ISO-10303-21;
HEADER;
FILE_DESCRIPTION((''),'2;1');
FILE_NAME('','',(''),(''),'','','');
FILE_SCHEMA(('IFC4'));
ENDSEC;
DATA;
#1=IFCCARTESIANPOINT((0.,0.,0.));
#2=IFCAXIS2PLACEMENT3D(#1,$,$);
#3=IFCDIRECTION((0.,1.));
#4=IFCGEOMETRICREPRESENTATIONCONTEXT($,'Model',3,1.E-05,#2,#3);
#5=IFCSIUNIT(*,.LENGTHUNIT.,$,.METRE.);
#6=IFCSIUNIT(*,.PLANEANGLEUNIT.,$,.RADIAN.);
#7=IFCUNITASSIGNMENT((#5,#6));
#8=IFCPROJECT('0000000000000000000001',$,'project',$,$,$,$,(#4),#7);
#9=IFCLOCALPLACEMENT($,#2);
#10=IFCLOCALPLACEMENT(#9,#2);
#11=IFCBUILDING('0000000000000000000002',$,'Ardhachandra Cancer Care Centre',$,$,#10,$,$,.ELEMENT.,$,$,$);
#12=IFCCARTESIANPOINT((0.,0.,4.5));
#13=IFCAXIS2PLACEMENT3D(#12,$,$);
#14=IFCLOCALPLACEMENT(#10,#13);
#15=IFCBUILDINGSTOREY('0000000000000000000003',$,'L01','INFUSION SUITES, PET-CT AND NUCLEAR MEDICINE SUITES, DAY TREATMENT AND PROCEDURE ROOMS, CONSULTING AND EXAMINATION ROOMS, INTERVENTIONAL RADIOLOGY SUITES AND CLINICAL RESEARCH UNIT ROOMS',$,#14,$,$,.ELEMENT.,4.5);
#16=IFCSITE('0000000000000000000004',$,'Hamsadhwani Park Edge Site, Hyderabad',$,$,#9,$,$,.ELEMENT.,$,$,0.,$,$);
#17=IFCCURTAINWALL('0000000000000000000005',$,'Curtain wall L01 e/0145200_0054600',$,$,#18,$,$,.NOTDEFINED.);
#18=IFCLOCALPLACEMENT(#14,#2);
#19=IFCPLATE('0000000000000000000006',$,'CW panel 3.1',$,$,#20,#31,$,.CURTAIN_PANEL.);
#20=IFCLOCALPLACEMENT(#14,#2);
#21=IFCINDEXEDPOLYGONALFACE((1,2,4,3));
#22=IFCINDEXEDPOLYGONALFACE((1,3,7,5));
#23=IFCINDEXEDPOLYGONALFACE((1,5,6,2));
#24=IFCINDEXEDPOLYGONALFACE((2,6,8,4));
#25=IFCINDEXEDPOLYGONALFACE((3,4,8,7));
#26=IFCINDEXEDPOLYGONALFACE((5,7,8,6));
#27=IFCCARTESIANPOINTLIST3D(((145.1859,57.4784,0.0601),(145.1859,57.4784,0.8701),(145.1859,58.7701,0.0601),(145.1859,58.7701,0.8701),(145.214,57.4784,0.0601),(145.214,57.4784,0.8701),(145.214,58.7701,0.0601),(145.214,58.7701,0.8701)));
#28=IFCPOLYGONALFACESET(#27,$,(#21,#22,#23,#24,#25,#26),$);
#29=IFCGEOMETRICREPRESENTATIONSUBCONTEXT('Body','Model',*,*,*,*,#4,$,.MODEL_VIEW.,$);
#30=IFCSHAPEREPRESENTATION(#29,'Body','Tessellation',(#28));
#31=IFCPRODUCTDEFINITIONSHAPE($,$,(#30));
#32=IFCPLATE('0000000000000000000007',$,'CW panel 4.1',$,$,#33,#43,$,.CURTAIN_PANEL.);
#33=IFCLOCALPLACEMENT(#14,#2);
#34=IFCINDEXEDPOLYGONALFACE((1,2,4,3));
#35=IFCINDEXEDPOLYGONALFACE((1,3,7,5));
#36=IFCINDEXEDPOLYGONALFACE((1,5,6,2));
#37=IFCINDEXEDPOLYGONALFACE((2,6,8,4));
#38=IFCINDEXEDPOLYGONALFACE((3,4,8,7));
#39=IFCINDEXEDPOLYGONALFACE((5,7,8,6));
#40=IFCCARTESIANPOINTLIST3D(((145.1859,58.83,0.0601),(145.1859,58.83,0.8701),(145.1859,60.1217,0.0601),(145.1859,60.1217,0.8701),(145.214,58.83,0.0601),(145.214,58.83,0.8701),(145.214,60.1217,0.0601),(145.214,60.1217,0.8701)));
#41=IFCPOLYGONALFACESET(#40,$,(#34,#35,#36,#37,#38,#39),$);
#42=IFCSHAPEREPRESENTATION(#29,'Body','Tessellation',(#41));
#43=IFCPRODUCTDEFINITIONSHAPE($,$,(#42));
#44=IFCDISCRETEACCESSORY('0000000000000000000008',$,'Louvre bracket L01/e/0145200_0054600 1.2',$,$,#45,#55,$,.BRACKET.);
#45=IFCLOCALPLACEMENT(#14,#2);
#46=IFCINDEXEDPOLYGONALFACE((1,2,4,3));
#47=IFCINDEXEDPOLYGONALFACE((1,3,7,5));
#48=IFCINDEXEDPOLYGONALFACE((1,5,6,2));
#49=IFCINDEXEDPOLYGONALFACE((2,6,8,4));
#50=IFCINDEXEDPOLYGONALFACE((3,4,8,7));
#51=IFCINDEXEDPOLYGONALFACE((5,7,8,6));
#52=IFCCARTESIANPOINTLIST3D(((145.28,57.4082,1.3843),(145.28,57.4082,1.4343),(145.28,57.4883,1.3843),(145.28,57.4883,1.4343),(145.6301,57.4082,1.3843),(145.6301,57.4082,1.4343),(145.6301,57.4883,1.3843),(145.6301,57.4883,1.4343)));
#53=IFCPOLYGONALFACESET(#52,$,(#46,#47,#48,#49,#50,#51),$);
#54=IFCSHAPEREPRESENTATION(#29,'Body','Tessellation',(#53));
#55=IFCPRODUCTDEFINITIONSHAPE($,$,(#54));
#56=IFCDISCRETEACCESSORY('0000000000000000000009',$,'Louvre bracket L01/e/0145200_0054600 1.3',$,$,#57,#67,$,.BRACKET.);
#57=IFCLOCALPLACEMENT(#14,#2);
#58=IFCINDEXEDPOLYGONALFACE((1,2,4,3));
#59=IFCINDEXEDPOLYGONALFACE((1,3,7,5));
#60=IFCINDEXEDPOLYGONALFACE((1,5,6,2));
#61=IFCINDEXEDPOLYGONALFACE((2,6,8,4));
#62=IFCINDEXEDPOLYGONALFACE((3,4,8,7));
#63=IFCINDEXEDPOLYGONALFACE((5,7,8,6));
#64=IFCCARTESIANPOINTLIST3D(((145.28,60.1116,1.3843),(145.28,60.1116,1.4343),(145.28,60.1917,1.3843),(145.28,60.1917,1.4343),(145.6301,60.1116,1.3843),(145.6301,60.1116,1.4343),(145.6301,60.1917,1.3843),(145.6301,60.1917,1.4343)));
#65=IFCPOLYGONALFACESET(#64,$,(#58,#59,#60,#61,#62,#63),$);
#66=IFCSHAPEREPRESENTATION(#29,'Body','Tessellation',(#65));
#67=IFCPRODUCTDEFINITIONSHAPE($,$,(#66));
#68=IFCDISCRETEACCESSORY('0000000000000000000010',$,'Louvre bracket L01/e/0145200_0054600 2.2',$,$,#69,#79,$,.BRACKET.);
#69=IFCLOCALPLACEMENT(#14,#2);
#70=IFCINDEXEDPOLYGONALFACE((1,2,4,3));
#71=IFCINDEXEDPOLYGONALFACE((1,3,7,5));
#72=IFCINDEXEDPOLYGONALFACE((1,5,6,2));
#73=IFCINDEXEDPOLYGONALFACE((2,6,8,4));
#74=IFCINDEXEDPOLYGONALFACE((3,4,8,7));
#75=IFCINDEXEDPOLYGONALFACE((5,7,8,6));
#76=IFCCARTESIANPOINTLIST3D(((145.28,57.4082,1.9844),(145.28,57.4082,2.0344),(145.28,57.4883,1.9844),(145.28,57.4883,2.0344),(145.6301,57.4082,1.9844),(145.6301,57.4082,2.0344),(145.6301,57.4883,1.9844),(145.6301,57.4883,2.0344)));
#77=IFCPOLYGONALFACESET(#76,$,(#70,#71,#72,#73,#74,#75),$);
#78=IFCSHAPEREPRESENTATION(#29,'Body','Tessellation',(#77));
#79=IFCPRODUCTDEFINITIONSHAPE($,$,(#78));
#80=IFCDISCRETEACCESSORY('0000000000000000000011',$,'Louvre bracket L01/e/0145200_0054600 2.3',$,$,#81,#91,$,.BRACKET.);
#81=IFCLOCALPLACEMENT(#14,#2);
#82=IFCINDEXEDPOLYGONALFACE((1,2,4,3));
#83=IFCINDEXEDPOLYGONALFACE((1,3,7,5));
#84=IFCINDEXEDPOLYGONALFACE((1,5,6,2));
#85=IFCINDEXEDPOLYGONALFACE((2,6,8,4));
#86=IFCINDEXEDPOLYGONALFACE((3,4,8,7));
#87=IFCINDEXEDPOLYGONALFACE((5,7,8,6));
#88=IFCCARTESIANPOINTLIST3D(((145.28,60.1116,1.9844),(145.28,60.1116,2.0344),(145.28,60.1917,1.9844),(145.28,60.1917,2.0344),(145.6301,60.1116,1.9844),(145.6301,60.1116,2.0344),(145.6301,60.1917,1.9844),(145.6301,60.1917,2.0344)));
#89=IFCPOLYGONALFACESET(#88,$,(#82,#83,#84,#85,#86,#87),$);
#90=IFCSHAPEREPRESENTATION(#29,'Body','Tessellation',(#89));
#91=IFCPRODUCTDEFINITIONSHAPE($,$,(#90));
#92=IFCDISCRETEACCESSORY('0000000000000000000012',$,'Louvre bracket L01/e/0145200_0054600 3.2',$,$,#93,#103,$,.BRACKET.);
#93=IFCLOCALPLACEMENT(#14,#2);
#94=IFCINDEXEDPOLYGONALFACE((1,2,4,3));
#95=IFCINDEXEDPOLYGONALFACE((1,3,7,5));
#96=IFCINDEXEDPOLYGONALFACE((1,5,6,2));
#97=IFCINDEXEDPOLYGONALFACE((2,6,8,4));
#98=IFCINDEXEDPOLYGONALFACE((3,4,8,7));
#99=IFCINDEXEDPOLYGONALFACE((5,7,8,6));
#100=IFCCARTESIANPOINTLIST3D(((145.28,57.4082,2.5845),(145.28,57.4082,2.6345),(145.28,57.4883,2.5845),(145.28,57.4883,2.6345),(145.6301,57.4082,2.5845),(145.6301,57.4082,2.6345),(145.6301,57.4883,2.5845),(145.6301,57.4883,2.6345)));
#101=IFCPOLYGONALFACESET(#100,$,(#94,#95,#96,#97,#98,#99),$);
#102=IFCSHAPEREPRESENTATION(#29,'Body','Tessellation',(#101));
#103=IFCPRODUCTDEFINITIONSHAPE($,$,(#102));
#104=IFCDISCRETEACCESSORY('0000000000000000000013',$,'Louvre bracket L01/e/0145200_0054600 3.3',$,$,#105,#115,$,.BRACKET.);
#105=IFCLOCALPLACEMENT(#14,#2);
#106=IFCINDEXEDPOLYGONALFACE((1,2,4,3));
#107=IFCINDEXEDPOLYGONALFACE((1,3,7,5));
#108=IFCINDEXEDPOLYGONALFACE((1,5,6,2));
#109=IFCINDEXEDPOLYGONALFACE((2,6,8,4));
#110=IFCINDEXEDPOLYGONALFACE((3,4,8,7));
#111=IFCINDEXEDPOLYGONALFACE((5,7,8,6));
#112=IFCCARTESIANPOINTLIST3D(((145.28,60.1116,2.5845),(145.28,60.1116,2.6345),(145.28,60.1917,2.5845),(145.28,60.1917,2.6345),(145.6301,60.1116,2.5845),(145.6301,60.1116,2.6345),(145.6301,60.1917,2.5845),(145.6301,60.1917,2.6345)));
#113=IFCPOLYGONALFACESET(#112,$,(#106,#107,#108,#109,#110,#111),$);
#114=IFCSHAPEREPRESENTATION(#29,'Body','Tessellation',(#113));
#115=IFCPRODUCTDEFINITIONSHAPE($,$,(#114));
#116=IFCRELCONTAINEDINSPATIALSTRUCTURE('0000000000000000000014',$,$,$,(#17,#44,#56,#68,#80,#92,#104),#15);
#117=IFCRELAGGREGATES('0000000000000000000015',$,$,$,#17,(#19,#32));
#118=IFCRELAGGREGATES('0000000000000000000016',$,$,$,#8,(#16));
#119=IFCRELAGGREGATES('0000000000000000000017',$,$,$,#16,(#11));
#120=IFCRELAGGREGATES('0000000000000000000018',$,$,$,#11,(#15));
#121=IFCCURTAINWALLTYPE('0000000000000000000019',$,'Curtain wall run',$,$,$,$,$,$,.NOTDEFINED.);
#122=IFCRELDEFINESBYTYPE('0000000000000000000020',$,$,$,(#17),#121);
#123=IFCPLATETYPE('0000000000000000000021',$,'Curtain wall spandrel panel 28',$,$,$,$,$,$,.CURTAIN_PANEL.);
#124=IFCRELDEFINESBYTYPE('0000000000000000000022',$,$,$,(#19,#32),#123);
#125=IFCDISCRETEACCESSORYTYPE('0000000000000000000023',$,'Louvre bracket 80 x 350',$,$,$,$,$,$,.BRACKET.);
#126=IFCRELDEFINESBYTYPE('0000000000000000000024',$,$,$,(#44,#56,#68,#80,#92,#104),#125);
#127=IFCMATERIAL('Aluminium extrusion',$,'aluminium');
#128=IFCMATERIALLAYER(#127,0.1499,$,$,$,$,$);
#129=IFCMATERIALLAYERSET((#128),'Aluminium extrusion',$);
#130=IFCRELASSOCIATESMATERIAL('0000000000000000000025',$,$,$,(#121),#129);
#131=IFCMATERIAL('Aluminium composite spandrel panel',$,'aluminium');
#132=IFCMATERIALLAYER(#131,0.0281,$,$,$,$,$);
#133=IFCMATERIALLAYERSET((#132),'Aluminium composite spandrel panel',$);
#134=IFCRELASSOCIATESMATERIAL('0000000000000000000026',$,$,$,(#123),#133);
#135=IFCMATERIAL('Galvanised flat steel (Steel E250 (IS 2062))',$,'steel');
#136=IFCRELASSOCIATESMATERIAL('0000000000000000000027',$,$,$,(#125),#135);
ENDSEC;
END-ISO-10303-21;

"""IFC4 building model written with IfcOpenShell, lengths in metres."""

from ifc_helpers import new_model, si_unit, direction, frame, origin, origin_2d, place, context, subcontext, project, spatial, rectangle, extrude, material, layer, layer_set, type_object, element, aggregate, save


model = new_model("IFC4")

# Units and contexts
model_context = context("Model", 3, precision=1e-05, world=origin(), true_north=direction((0.0, 1.0)))
body_context = subcontext(model_context, "Body", "Model", "MODEL_VIEW")
ifc_project = project(units=[si_unit("LENGTHUNIT", "METRE"), si_unit("PLANEANGLEUNIT", "RADIAN")], contexts=[model_context])

# Site, building, storey
site_placement = place(None, origin())
site = spatial("IfcSite", under=ifc_project, at=site_placement, Name="Hamsadhwani Park Edge Site, Hyderabad", CompositionType="ELEMENT", RefElevation=0.0)
building_placement = place(site_placement, origin())
building = spatial("IfcBuilding", under=site, at=building_placement, Name="Ardhachandra Cancer Care Centre", CompositionType="ELEMENT")
storey_placement = place(building_placement, frame((0.0, 0.0, 4.5)))
storey = spatial("IfcBuildingStorey", under=building, at=storey_placement, Name="L01", Description="INFUSION SUITES, PET-CT AND NUCLEAR MEDICINE SUITES, DAY TREATMENT AND PROCEDURE ROOMS, CONSULTING AND EXAMINATION ROOMS, INTERVENTIONAL RADIOLOGY SUITES AND CLINICAL RESEARCH UNIT ROOMS", CompositionType="ELEMENT", Elevation=4.5)

# Curtain wall, plates
ifc_material_1 = material(Name="Aluminium extrusion", Category="aluminium")
ifc_layer_1 = layer(ifc_material_1, 0.1499)
ifc_layer_set_1 = layer_set([ifc_layer_1], Name="Aluminium extrusion")
curtain_wall_type = type_object("IfcCurtainWallType", Name="Curtain wall run", PredefinedType="NOTDEFINED", material=ifc_layer_set_1)
curtain_wall_placement = place(storey_placement, origin())
curtain_wall = element("IfcCurtainWall", 1, at=curtain_wall_placement, inside=storey, type_object=curtain_wall_type, Name="Curtain wall L01 e/0145200_0054600", PredefinedType="NOTDEFINED")
ifc_material_2 = material(Name="Aluminium composite spandrel panel", Category="aluminium")
ifc_layer_2 = layer(ifc_material_2, 0.0281)
ifc_layer_set_2 = layer_set([ifc_layer_2], Name="Aluminium composite spandrel panel")
plate_type_1 = type_object("IfcPlateType", Name="Curtain wall spandrel panel 28", PredefinedType="CURTAIN_PANEL", material=ifc_layer_set_2)
plate_1_placement = place(storey_placement, frame((145.2, 58.1243, 0.0601), z_axis=(0.0, 0.0, 1.0), x_axis=(0.0, 1.0, 0.0)))
plate_1 = element("IfcPlate", 2, at=plate_1_placement, type_object=plate_type_1, Name="CW panel 3.1", PredefinedType="CURTAIN_PANEL", context=body_context, shape_type="SweptSolid", body=[
    extrude(rectangle(XDim=1.2917, YDim=0.0281, at=origin_2d()), origin(), (0.0, 0.0, 1.0), 0.8101),
])
plate_2_placement = place(storey_placement, frame((145.2, 59.4758, 0.0601), z_axis=(0.0, 0.0, 1.0), x_axis=(0.0, 1.0, 0.0)))
plate_2 = element("IfcPlate", 3, at=plate_2_placement, type_object=plate_type_1, Name="CW panel 4.1", PredefinedType="CURTAIN_PANEL", context=body_context, shape_type="SweptSolid", body=[
    extrude(rectangle(XDim=1.2917, YDim=0.0281, at=origin_2d()), origin(), (0.0, 0.0, 1.0), 0.8101),
])
aggregate(curtain_wall, [plate_1, plate_2])

# Discrete accessories
ifc_material_3 = material(Name="Galvanised flat steel (Steel E250 (IS 2062))", Category="steel")
discrete_accessory_type = type_object("IfcDiscreteAccessoryType", Name="Louvre bracket 80 x 350", PredefinedType="BRACKET", material=ifc_material_3)
for number, where, z_axis, x_axis, name in (
    (4, (145.4551, 57.4482, 1.3843), (0.0, 0.0, 1.0), (0.0, 1.0, 0.0), "Louvre bracket L01/e/0145200_0054600 1.2"),
    (5, (145.4551, 60.1516, 1.3843), (0.0, 0.0, 1.0), (0.0, 1.0, 0.0), "Louvre bracket L01/e/0145200_0054600 1.3"),
    (6, (145.4551, 57.4482, 1.9844), (0.0, 0.0, 1.0), (0.0, 1.0, 0.0), "Louvre bracket L01/e/0145200_0054600 2.2"),
    (7, (145.4551, 60.1516, 1.9844), (0.0, 0.0, 1.0), (0.0, 1.0, 0.0), "Louvre bracket L01/e/0145200_0054600 2.3"),
    (8, (145.4551, 57.4482, 2.5845), (0.0, 0.0, 1.0), (0.0, 1.0, 0.0), "Louvre bracket L01/e/0145200_0054600 3.2"),
    (9, (145.4551, 60.1516, 2.5845), (0.0, 0.0, 1.0), (0.0, 1.0, 0.0), "Louvre bracket L01/e/0145200_0054600 3.3"),
):
    element("IfcDiscreteAccessory", number, at=place(storey_placement, frame(where, z_axis=z_axis, x_axis=x_axis)), inside=storey, type_object=discrete_accessory_type, Name=name, PredefinedType="BRACKET", context=body_context, shape_type="SweptSolid", body=[
        extrude(rectangle(XDim=0.0801, YDim=0.3501, at=origin_2d()), origin(), (0.0, 0.0, 1.0), 0.05),
    ])

save(model, "model.ifc")
